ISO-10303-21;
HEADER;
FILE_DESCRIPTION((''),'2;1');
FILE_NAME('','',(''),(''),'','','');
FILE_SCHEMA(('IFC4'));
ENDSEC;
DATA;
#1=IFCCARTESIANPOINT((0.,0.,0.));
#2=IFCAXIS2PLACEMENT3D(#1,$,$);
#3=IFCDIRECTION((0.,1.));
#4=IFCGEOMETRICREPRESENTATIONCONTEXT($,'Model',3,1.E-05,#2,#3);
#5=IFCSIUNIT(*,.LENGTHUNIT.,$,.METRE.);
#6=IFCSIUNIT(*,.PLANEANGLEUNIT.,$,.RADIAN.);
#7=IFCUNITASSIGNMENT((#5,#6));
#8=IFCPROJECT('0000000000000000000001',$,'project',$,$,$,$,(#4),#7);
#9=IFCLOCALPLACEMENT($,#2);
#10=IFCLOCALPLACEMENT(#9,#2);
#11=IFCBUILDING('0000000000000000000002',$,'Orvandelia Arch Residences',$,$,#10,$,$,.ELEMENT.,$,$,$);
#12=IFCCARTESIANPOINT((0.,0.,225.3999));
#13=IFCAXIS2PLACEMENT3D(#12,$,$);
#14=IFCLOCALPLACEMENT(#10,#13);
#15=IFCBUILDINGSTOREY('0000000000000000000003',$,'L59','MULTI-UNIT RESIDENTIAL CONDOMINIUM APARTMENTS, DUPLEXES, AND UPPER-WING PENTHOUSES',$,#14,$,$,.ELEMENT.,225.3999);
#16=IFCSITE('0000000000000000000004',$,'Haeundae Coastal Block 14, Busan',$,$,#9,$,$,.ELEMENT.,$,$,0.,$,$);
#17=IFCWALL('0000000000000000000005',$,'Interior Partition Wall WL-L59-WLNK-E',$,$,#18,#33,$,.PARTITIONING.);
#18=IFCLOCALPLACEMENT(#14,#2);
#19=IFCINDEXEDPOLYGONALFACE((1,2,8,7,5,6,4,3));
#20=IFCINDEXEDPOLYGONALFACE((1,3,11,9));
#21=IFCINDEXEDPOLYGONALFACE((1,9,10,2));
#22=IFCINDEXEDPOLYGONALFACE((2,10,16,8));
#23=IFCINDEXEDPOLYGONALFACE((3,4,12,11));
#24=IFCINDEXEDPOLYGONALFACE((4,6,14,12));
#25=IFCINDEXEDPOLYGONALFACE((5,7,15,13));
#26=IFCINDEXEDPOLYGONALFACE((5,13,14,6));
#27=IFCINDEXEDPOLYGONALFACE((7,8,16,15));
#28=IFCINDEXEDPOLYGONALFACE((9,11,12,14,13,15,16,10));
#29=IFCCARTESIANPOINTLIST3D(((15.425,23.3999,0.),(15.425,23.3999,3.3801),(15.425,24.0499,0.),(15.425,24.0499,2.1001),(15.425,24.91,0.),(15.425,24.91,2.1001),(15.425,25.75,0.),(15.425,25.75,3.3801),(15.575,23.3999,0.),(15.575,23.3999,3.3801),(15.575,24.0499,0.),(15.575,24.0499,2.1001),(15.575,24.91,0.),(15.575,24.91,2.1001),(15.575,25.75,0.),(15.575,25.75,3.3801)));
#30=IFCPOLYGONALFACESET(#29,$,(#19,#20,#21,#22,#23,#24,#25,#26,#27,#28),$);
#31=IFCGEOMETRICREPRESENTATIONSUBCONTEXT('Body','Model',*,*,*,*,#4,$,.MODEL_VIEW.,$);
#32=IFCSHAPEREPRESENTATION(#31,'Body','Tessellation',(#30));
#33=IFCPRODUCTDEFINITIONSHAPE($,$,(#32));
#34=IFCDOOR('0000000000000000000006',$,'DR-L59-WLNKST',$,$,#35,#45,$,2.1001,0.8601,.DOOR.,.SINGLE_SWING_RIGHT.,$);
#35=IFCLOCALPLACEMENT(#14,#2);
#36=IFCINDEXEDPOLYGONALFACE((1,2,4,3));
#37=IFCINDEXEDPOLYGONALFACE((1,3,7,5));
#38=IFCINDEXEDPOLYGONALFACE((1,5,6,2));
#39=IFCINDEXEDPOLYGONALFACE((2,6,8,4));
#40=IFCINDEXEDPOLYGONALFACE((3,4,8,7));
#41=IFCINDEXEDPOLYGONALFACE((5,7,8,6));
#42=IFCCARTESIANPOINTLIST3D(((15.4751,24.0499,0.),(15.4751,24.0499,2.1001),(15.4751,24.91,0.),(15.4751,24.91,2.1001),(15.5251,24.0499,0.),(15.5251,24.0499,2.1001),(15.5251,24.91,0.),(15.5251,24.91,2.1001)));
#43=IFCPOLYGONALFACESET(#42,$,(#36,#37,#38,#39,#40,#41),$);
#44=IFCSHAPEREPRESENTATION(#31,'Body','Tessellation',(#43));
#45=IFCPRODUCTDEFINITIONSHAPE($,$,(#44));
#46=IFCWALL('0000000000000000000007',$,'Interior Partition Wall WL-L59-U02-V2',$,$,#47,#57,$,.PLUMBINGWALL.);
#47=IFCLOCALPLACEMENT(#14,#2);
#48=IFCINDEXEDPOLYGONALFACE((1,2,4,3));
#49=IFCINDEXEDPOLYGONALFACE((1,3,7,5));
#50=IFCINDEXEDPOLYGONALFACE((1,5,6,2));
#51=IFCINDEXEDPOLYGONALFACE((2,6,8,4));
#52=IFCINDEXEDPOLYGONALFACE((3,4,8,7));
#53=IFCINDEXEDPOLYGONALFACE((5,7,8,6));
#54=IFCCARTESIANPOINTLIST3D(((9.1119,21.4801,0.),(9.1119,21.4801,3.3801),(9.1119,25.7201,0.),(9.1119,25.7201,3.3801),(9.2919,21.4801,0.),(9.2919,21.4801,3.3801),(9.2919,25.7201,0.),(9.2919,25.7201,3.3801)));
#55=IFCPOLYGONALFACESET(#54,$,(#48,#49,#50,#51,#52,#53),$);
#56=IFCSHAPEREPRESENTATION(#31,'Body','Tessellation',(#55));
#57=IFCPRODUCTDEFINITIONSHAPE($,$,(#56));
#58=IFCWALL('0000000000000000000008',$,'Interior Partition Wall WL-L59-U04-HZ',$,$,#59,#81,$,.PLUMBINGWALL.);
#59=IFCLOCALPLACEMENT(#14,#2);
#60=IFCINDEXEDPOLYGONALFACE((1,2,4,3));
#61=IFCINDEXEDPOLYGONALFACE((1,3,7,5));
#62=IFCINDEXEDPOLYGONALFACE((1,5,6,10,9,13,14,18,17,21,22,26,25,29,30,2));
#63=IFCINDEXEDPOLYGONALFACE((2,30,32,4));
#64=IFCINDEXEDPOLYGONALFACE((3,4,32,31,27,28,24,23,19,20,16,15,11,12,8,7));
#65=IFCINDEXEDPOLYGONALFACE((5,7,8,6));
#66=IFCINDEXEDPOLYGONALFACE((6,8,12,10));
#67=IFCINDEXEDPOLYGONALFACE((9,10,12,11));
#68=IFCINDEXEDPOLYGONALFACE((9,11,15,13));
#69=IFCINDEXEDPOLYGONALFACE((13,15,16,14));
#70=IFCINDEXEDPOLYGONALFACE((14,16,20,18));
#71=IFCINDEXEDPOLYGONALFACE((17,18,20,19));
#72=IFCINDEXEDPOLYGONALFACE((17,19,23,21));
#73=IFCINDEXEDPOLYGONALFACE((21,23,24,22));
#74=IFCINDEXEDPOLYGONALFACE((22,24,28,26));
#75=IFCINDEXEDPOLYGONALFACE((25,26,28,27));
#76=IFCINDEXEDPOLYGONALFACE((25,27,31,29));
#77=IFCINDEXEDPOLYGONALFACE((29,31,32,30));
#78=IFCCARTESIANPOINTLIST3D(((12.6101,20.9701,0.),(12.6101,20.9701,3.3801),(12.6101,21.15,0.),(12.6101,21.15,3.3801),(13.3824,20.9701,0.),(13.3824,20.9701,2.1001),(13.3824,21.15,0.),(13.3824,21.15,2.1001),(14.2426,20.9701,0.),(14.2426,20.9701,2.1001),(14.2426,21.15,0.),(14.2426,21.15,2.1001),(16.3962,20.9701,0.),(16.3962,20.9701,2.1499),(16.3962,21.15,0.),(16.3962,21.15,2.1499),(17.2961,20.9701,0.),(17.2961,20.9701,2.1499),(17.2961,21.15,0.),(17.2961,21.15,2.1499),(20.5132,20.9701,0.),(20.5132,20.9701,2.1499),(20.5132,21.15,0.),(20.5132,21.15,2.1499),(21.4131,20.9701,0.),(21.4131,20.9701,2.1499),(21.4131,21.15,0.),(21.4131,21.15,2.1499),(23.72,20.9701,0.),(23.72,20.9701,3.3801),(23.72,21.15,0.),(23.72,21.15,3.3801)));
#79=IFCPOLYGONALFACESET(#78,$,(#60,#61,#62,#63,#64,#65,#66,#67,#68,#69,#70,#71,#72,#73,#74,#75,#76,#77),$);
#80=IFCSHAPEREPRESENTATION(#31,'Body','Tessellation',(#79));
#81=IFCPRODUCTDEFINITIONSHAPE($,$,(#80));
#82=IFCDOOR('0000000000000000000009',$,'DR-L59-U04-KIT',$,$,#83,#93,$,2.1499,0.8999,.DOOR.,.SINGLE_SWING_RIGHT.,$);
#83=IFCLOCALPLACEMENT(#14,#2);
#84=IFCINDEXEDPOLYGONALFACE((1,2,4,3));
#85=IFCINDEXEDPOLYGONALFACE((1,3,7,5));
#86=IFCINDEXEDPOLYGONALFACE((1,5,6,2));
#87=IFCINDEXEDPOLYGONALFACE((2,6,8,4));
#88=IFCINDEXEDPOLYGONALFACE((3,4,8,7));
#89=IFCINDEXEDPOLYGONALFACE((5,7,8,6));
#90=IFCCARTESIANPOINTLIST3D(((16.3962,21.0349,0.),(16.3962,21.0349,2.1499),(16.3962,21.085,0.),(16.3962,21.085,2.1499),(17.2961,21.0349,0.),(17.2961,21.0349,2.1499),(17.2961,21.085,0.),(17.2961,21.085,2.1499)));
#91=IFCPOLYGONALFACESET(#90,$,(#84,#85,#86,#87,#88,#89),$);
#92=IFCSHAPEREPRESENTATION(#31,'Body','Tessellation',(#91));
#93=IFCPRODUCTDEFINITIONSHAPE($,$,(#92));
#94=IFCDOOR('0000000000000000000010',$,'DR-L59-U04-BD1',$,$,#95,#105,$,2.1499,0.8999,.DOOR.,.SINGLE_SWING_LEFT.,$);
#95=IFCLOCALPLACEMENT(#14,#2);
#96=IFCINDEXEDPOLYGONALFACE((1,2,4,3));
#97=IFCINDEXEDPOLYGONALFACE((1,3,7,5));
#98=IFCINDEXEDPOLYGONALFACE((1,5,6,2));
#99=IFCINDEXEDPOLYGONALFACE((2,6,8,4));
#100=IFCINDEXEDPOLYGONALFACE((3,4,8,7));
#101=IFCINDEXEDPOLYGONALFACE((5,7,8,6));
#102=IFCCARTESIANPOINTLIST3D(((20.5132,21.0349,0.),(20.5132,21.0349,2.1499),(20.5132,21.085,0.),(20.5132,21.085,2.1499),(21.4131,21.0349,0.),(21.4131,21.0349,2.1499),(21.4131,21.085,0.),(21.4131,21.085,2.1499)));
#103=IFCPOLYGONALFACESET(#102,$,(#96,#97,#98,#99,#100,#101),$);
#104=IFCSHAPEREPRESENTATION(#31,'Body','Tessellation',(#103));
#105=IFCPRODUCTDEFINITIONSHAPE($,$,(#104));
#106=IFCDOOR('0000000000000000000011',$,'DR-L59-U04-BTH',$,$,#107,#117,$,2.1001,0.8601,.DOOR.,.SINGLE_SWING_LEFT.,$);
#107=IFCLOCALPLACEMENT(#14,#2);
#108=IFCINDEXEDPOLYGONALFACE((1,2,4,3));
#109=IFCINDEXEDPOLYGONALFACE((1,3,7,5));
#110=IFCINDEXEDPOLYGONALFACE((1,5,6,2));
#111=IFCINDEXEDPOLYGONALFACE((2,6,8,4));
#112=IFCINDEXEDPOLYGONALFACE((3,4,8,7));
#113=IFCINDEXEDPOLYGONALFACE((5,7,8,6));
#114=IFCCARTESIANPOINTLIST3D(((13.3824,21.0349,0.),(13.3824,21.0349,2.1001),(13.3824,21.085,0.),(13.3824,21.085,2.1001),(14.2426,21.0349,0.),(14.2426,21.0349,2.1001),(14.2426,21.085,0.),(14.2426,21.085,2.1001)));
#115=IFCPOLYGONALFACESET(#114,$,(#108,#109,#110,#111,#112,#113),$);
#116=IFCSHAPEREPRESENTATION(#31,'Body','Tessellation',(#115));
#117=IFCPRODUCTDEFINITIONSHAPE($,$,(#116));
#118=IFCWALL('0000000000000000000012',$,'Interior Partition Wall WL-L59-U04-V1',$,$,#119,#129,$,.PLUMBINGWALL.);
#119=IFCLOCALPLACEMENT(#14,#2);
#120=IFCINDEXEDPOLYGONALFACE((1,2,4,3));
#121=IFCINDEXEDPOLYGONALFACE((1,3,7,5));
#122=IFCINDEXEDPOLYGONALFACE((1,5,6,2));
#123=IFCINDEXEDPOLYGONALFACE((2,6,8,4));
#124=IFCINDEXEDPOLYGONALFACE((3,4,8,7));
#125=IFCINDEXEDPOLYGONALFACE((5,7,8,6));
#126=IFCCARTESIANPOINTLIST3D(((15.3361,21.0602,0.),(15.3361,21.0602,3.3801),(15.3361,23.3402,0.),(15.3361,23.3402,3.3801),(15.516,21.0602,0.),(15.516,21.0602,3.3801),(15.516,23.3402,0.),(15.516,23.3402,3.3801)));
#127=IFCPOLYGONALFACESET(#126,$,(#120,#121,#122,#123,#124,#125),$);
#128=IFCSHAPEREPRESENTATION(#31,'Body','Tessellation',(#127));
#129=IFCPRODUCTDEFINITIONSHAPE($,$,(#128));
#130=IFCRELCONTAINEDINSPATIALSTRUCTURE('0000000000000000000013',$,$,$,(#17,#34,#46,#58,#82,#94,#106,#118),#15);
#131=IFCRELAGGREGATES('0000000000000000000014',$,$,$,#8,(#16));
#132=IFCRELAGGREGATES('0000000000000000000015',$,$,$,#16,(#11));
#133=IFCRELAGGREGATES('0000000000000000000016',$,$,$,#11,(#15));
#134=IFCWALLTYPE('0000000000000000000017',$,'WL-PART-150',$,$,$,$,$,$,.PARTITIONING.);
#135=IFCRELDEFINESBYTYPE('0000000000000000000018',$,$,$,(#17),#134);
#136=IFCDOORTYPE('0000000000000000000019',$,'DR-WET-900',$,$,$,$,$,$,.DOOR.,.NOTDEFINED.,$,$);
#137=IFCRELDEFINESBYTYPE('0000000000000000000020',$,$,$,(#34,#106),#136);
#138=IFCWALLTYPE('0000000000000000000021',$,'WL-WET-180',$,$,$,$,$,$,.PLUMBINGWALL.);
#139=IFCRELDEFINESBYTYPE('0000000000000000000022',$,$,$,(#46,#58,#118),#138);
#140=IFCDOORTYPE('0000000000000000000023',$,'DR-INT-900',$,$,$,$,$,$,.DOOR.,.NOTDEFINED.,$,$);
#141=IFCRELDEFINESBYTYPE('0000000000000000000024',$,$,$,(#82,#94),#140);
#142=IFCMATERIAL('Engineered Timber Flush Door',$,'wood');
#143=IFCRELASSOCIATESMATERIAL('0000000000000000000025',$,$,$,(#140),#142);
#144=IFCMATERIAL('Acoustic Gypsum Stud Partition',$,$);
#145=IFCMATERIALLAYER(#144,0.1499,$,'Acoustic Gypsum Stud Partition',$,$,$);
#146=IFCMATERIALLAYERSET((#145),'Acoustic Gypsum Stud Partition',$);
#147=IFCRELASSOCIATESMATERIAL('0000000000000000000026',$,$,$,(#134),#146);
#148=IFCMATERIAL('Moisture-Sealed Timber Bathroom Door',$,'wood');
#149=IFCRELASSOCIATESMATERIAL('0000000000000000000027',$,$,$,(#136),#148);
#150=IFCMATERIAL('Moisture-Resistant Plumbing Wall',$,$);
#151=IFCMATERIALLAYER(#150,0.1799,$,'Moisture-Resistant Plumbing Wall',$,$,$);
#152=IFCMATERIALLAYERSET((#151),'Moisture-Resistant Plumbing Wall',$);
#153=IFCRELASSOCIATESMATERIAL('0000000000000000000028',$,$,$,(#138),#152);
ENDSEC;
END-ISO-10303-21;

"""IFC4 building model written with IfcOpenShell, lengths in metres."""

from ifc_helpers import new_model, si_unit, direction, frame, frame_2d, origin, place, context, subcontext, project, spatial, rectangle, extrude, material, layer, layer_set, type_object, element, fill, save


model = new_model("IFC4")

# Units and contexts
model_context = context("Model", 3, precision=1e-05, world=origin(), true_north=direction((0.0, 1.0)))
body_context = subcontext(model_context, "Body", "Model", "MODEL_VIEW")
ifc_project = project(units=[si_unit("LENGTHUNIT", "METRE"), si_unit("PLANEANGLEUNIT", "RADIAN")], contexts=[model_context])

# Site, building, storey
site_placement = place(None, origin())
site = spatial("IfcSite", under=ifc_project, at=site_placement, Name="Haeundae Coastal Block 14, Busan", CompositionType="ELEMENT", RefElevation=0.0)
building_placement = place(site_placement, origin())
building = spatial("IfcBuilding", under=site, at=building_placement, Name="Orvandelia Arch Residences", CompositionType="ELEMENT")
storey_placement = place(building_placement, frame((0.0, 0.0, 225.3999)))
storey = spatial("IfcBuildingStorey", under=building, at=storey_placement, Name="L59", Description="MULTI-UNIT RESIDENTIAL CONDOMINIUM APARTMENTS, DUPLEXES, AND UPPER-WING PENTHOUSES", CompositionType="ELEMENT", Elevation=225.3999)

# Shared definitions
ifc_material_1 = material(Name="Engineered Timber Flush Door", Category="wood")
door_type_1 = type_object("IfcDoorType", Name="DR-INT-900", OperationType="NOTDEFINED", PredefinedType="DOOR", material=ifc_material_1)

# Shared definitions
ifc_material_2 = material(Name="Acoustic Gypsum Stud Partition")
ifc_layer_1 = layer(ifc_material_2, 0.1499, Name="Acoustic Gypsum Stud Partition")
ifc_layer_set_1 = layer_set([ifc_layer_1], Name="Acoustic Gypsum Stud Partition")
wall_type_1 = type_object("IfcWallType", Name="WL-PART-150", PredefinedType="PARTITIONING", material=ifc_layer_set_1)

# Wall, opening, door
wall_1_placement = place(storey_placement, frame((15.5, 23.3999, 0.0), z_axis=(0.0, 0.0, 1.0), x_axis=(0.0, 1.0, 0.0)))
wall_1 = element("IfcWall", 1, at=wall_1_placement, inside=storey, type_object=wall_type_1, Name="Interior Partition Wall WL-L59-WLNK-E", PredefinedType="PARTITIONING", context=body_context, shape_type="SweptSolid", body=[
    extrude(rectangle(XDim=2.3501, YDim=0.1499, at=frame_2d((1.175, 0.0))), origin(), (0.0, 0.0, 1.0), 3.3801),
])
opening_1_placement = place(wall_1_placement, frame((0.6499, 0.0, 0.0)))
opening_1 = element("IfcOpeningElement", 2, at=opening_1_placement, cuts=wall_1, PredefinedType="OPENING", context=body_context, shape_type="SweptSolid", body=[
    extrude(rectangle(XDim=0.8601, YDim=2.1001, at=frame_2d((0.4302, 1.05))), frame((0.0, 0.085, 0.0), z_axis=(0.0, -1.0, 0.0), x_axis=(1.0, 0.0, 0.0)), (0.0, 0.0, 1.0), 0.1699),
])
ifc_material_3 = material(Name="Moisture-Sealed Timber Bathroom Door", Category="wood")
door_type_2 = type_object("IfcDoorType", Name="DR-WET-900", OperationType="NOTDEFINED", PredefinedType="DOOR", material=ifc_material_3)
door_1_placement = place(opening_1_placement, origin())
door_1 = element("IfcDoor", 3, at=door_1_placement, inside=storey, type_object=door_type_2, Name="DR-L59-WLNKST", OperationType="SINGLE_SWING_RIGHT", OverallHeight=2.1001, OverallWidth=0.8601, PredefinedType="DOOR", context=body_context, shape_type="SweptSolid", body=[
    extrude(rectangle(XDim=0.8601, YDim=2.1001, at=frame_2d((0.4302, 1.05))), frame((0.0, 0.0249, 0.0), z_axis=(0.0, -1.0, 0.0), x_axis=(1.0, 0.0, 0.0)), (0.0, 0.0, 1.0), 0.05),
])
fill(opening_1, door_1)

# Wall
ifc_material_4 = material(Name="Moisture-Resistant Plumbing Wall")
ifc_layer_2 = layer(ifc_material_4, 0.1799, Name="Moisture-Resistant Plumbing Wall")
ifc_layer_set_2 = layer_set([ifc_layer_2], Name="Moisture-Resistant Plumbing Wall")
wall_type_2 = type_object("IfcWallType", Name="WL-WET-180", PredefinedType="PLUMBINGWALL", material=ifc_layer_set_2)
wall_2_placement = place(storey_placement, frame((9.2019, 21.48, 0.0), z_axis=(0.0, 0.0, 1.0), x_axis=(0.0, 1.0, 0.0)))
element("IfcWall", 4, at=wall_2_placement, inside=storey, type_object=wall_type_2, Name="Interior Partition Wall WL-L59-U02-V2", PredefinedType="PLUMBINGWALL", context=body_context, shape_type="SweptSolid", body=[
    extrude(rectangle(XDim=4.24, YDim=0.1799, at=frame_2d((2.1201, 0.0))), origin(), (0.0, 0.0, 1.0), 3.3801),
])

# Wall, openings, doors
wall_3_placement = place(storey_placement, frame((12.6101, 21.0601, 0.0), z_axis=(0.0, 0.0, 1.0), x_axis=(1.0, 0.0, 0.0)))
wall_3 = element("IfcWall", 5, at=wall_3_placement, inside=storey, type_object=wall_type_2, Name="Interior Partition Wall WL-L59-U04-HZ", PredefinedType="PLUMBINGWALL", context=body_context, shape_type="SweptSolid", body=[
    extrude(rectangle(XDim=11.1099, YDim=0.1799, at=frame_2d((5.5549, 0.0))), origin(), (0.0, 0.0, 1.0), 3.3801),
])
opening_2_placement = place(wall_3_placement, frame((0.7722, 0.0, 0.0)))
opening_2 = element("IfcOpeningElement", 6, at=opening_2_placement, cuts=wall_3, PredefinedType="OPENING", context=body_context, shape_type="SweptSolid", body=[
    extrude(rectangle(XDim=0.8601, YDim=2.1001, at=frame_2d((0.4302, 1.05))), frame((0.0, 0.1001, 0.0), z_axis=(0.0, -1.0, 0.0), x_axis=(1.0, 0.0, 0.0)), (0.0, 0.0, 1.0), 0.2),
])
opening_3_placement = place(wall_3_placement, frame((3.7861, 0.0, 0.0)))
opening_3 = element("IfcOpeningElement", 7, at=opening_3_placement, cuts=wall_3, PredefinedType="OPENING", context=body_context, shape_type="SweptSolid", body=[
    extrude(rectangle(XDim=0.8999, YDim=2.1499, at=frame_2d((0.45, 1.075))), frame((0.0, 0.1001, 0.0), z_axis=(0.0, -1.0, 0.0), x_axis=(1.0, 0.0, 0.0)), (0.0, 0.0, 1.0), 0.2),
])
opening_4_placement = place(wall_3_placement, frame((7.9031, 0.0, 0.0)))
opening_4 = element("IfcOpeningElement", 8, at=opening_4_placement, cuts=wall_3, PredefinedType="OPENING", context=body_context, shape_type="SweptSolid", body=[
    extrude(rectangle(XDim=0.8999, YDim=2.1499, at=frame_2d((0.45, 1.075))), frame((0.0, 0.1001, 0.0), z_axis=(0.0, -1.0, 0.0), x_axis=(1.0, 0.0, 0.0)), (0.0, 0.0, 1.0), 0.2),
])
door_2_placement = place(opening_3_placement, origin())
door_2 = element("IfcDoor", 9, at=door_2_placement, inside=storey, type_object=door_type_1, Name="DR-L59-U04-KIT", OperationType="SINGLE_SWING_RIGHT", OverallHeight=2.1499, OverallWidth=0.8999, PredefinedType="DOOR", context=body_context, shape_type="SweptSolid", body=[
    extrude(rectangle(XDim=0.8999, YDim=2.1499, at=frame_2d((0.45, 1.075))), frame((0.0, 0.0249, 0.0), z_axis=(0.0, -1.0, 0.0), x_axis=(1.0, 0.0, 0.0)), (0.0, 0.0, 1.0), 0.05),
])
fill(opening_3, door_2)
door_3_placement = place(opening_4_placement, origin())
door_3 = element("IfcDoor", 10, at=door_3_placement, inside=storey, type_object=door_type_1, Name="DR-L59-U04-BD1", OperationType="SINGLE_SWING_LEFT", OverallHeight=2.1499, OverallWidth=0.8999, PredefinedType="DOOR", context=body_context, shape_type="SweptSolid", body=[
    extrude(rectangle(XDim=0.8999, YDim=2.1499, at=frame_2d((0.45, 1.075))), frame((0.0, 0.0249, 0.0), z_axis=(0.0, -1.0, 0.0), x_axis=(1.0, 0.0, 0.0)), (0.0, 0.0, 1.0), 0.05),
])
fill(opening_4, door_3)
door_4_placement = place(opening_2_placement, origin())
door_4 = element("IfcDoor", 11, at=door_4_placement, inside=storey, type_object=door_type_2, Name="DR-L59-U04-BTH", OperationType="SINGLE_SWING_LEFT", OverallHeight=2.1001, OverallWidth=0.8601, PredefinedType="DOOR", context=body_context, shape_type="SweptSolid", body=[
    extrude(rectangle(XDim=0.8601, YDim=2.1001, at=frame_2d((0.4302, 1.05))), frame((0.0, 0.0249, 0.0), z_axis=(0.0, -1.0, 0.0), x_axis=(1.0, 0.0, 0.0)), (0.0, 0.0, 1.0), 0.05),
])
fill(opening_2, door_4)

# Wall
wall_4_placement = place(storey_placement, frame((15.426, 21.0601, 0.0), z_axis=(0.0, 0.0, 1.0), x_axis=(0.0, 1.0, 0.0)))
element("IfcWall", 12, at=wall_4_placement, inside=storey, type_object=wall_type_2, Name="Interior Partition Wall WL-L59-U04-V1", PredefinedType="PLUMBINGWALL", context=body_context, shape_type="SweptSolid", body=[
    extrude(rectangle(XDim=2.28, YDim=0.1799, at=frame_2d((1.1401, 0.0))), origin(), (0.0, 0.0, 1.0), 3.3801),
])

save(model, "model.ifc")
